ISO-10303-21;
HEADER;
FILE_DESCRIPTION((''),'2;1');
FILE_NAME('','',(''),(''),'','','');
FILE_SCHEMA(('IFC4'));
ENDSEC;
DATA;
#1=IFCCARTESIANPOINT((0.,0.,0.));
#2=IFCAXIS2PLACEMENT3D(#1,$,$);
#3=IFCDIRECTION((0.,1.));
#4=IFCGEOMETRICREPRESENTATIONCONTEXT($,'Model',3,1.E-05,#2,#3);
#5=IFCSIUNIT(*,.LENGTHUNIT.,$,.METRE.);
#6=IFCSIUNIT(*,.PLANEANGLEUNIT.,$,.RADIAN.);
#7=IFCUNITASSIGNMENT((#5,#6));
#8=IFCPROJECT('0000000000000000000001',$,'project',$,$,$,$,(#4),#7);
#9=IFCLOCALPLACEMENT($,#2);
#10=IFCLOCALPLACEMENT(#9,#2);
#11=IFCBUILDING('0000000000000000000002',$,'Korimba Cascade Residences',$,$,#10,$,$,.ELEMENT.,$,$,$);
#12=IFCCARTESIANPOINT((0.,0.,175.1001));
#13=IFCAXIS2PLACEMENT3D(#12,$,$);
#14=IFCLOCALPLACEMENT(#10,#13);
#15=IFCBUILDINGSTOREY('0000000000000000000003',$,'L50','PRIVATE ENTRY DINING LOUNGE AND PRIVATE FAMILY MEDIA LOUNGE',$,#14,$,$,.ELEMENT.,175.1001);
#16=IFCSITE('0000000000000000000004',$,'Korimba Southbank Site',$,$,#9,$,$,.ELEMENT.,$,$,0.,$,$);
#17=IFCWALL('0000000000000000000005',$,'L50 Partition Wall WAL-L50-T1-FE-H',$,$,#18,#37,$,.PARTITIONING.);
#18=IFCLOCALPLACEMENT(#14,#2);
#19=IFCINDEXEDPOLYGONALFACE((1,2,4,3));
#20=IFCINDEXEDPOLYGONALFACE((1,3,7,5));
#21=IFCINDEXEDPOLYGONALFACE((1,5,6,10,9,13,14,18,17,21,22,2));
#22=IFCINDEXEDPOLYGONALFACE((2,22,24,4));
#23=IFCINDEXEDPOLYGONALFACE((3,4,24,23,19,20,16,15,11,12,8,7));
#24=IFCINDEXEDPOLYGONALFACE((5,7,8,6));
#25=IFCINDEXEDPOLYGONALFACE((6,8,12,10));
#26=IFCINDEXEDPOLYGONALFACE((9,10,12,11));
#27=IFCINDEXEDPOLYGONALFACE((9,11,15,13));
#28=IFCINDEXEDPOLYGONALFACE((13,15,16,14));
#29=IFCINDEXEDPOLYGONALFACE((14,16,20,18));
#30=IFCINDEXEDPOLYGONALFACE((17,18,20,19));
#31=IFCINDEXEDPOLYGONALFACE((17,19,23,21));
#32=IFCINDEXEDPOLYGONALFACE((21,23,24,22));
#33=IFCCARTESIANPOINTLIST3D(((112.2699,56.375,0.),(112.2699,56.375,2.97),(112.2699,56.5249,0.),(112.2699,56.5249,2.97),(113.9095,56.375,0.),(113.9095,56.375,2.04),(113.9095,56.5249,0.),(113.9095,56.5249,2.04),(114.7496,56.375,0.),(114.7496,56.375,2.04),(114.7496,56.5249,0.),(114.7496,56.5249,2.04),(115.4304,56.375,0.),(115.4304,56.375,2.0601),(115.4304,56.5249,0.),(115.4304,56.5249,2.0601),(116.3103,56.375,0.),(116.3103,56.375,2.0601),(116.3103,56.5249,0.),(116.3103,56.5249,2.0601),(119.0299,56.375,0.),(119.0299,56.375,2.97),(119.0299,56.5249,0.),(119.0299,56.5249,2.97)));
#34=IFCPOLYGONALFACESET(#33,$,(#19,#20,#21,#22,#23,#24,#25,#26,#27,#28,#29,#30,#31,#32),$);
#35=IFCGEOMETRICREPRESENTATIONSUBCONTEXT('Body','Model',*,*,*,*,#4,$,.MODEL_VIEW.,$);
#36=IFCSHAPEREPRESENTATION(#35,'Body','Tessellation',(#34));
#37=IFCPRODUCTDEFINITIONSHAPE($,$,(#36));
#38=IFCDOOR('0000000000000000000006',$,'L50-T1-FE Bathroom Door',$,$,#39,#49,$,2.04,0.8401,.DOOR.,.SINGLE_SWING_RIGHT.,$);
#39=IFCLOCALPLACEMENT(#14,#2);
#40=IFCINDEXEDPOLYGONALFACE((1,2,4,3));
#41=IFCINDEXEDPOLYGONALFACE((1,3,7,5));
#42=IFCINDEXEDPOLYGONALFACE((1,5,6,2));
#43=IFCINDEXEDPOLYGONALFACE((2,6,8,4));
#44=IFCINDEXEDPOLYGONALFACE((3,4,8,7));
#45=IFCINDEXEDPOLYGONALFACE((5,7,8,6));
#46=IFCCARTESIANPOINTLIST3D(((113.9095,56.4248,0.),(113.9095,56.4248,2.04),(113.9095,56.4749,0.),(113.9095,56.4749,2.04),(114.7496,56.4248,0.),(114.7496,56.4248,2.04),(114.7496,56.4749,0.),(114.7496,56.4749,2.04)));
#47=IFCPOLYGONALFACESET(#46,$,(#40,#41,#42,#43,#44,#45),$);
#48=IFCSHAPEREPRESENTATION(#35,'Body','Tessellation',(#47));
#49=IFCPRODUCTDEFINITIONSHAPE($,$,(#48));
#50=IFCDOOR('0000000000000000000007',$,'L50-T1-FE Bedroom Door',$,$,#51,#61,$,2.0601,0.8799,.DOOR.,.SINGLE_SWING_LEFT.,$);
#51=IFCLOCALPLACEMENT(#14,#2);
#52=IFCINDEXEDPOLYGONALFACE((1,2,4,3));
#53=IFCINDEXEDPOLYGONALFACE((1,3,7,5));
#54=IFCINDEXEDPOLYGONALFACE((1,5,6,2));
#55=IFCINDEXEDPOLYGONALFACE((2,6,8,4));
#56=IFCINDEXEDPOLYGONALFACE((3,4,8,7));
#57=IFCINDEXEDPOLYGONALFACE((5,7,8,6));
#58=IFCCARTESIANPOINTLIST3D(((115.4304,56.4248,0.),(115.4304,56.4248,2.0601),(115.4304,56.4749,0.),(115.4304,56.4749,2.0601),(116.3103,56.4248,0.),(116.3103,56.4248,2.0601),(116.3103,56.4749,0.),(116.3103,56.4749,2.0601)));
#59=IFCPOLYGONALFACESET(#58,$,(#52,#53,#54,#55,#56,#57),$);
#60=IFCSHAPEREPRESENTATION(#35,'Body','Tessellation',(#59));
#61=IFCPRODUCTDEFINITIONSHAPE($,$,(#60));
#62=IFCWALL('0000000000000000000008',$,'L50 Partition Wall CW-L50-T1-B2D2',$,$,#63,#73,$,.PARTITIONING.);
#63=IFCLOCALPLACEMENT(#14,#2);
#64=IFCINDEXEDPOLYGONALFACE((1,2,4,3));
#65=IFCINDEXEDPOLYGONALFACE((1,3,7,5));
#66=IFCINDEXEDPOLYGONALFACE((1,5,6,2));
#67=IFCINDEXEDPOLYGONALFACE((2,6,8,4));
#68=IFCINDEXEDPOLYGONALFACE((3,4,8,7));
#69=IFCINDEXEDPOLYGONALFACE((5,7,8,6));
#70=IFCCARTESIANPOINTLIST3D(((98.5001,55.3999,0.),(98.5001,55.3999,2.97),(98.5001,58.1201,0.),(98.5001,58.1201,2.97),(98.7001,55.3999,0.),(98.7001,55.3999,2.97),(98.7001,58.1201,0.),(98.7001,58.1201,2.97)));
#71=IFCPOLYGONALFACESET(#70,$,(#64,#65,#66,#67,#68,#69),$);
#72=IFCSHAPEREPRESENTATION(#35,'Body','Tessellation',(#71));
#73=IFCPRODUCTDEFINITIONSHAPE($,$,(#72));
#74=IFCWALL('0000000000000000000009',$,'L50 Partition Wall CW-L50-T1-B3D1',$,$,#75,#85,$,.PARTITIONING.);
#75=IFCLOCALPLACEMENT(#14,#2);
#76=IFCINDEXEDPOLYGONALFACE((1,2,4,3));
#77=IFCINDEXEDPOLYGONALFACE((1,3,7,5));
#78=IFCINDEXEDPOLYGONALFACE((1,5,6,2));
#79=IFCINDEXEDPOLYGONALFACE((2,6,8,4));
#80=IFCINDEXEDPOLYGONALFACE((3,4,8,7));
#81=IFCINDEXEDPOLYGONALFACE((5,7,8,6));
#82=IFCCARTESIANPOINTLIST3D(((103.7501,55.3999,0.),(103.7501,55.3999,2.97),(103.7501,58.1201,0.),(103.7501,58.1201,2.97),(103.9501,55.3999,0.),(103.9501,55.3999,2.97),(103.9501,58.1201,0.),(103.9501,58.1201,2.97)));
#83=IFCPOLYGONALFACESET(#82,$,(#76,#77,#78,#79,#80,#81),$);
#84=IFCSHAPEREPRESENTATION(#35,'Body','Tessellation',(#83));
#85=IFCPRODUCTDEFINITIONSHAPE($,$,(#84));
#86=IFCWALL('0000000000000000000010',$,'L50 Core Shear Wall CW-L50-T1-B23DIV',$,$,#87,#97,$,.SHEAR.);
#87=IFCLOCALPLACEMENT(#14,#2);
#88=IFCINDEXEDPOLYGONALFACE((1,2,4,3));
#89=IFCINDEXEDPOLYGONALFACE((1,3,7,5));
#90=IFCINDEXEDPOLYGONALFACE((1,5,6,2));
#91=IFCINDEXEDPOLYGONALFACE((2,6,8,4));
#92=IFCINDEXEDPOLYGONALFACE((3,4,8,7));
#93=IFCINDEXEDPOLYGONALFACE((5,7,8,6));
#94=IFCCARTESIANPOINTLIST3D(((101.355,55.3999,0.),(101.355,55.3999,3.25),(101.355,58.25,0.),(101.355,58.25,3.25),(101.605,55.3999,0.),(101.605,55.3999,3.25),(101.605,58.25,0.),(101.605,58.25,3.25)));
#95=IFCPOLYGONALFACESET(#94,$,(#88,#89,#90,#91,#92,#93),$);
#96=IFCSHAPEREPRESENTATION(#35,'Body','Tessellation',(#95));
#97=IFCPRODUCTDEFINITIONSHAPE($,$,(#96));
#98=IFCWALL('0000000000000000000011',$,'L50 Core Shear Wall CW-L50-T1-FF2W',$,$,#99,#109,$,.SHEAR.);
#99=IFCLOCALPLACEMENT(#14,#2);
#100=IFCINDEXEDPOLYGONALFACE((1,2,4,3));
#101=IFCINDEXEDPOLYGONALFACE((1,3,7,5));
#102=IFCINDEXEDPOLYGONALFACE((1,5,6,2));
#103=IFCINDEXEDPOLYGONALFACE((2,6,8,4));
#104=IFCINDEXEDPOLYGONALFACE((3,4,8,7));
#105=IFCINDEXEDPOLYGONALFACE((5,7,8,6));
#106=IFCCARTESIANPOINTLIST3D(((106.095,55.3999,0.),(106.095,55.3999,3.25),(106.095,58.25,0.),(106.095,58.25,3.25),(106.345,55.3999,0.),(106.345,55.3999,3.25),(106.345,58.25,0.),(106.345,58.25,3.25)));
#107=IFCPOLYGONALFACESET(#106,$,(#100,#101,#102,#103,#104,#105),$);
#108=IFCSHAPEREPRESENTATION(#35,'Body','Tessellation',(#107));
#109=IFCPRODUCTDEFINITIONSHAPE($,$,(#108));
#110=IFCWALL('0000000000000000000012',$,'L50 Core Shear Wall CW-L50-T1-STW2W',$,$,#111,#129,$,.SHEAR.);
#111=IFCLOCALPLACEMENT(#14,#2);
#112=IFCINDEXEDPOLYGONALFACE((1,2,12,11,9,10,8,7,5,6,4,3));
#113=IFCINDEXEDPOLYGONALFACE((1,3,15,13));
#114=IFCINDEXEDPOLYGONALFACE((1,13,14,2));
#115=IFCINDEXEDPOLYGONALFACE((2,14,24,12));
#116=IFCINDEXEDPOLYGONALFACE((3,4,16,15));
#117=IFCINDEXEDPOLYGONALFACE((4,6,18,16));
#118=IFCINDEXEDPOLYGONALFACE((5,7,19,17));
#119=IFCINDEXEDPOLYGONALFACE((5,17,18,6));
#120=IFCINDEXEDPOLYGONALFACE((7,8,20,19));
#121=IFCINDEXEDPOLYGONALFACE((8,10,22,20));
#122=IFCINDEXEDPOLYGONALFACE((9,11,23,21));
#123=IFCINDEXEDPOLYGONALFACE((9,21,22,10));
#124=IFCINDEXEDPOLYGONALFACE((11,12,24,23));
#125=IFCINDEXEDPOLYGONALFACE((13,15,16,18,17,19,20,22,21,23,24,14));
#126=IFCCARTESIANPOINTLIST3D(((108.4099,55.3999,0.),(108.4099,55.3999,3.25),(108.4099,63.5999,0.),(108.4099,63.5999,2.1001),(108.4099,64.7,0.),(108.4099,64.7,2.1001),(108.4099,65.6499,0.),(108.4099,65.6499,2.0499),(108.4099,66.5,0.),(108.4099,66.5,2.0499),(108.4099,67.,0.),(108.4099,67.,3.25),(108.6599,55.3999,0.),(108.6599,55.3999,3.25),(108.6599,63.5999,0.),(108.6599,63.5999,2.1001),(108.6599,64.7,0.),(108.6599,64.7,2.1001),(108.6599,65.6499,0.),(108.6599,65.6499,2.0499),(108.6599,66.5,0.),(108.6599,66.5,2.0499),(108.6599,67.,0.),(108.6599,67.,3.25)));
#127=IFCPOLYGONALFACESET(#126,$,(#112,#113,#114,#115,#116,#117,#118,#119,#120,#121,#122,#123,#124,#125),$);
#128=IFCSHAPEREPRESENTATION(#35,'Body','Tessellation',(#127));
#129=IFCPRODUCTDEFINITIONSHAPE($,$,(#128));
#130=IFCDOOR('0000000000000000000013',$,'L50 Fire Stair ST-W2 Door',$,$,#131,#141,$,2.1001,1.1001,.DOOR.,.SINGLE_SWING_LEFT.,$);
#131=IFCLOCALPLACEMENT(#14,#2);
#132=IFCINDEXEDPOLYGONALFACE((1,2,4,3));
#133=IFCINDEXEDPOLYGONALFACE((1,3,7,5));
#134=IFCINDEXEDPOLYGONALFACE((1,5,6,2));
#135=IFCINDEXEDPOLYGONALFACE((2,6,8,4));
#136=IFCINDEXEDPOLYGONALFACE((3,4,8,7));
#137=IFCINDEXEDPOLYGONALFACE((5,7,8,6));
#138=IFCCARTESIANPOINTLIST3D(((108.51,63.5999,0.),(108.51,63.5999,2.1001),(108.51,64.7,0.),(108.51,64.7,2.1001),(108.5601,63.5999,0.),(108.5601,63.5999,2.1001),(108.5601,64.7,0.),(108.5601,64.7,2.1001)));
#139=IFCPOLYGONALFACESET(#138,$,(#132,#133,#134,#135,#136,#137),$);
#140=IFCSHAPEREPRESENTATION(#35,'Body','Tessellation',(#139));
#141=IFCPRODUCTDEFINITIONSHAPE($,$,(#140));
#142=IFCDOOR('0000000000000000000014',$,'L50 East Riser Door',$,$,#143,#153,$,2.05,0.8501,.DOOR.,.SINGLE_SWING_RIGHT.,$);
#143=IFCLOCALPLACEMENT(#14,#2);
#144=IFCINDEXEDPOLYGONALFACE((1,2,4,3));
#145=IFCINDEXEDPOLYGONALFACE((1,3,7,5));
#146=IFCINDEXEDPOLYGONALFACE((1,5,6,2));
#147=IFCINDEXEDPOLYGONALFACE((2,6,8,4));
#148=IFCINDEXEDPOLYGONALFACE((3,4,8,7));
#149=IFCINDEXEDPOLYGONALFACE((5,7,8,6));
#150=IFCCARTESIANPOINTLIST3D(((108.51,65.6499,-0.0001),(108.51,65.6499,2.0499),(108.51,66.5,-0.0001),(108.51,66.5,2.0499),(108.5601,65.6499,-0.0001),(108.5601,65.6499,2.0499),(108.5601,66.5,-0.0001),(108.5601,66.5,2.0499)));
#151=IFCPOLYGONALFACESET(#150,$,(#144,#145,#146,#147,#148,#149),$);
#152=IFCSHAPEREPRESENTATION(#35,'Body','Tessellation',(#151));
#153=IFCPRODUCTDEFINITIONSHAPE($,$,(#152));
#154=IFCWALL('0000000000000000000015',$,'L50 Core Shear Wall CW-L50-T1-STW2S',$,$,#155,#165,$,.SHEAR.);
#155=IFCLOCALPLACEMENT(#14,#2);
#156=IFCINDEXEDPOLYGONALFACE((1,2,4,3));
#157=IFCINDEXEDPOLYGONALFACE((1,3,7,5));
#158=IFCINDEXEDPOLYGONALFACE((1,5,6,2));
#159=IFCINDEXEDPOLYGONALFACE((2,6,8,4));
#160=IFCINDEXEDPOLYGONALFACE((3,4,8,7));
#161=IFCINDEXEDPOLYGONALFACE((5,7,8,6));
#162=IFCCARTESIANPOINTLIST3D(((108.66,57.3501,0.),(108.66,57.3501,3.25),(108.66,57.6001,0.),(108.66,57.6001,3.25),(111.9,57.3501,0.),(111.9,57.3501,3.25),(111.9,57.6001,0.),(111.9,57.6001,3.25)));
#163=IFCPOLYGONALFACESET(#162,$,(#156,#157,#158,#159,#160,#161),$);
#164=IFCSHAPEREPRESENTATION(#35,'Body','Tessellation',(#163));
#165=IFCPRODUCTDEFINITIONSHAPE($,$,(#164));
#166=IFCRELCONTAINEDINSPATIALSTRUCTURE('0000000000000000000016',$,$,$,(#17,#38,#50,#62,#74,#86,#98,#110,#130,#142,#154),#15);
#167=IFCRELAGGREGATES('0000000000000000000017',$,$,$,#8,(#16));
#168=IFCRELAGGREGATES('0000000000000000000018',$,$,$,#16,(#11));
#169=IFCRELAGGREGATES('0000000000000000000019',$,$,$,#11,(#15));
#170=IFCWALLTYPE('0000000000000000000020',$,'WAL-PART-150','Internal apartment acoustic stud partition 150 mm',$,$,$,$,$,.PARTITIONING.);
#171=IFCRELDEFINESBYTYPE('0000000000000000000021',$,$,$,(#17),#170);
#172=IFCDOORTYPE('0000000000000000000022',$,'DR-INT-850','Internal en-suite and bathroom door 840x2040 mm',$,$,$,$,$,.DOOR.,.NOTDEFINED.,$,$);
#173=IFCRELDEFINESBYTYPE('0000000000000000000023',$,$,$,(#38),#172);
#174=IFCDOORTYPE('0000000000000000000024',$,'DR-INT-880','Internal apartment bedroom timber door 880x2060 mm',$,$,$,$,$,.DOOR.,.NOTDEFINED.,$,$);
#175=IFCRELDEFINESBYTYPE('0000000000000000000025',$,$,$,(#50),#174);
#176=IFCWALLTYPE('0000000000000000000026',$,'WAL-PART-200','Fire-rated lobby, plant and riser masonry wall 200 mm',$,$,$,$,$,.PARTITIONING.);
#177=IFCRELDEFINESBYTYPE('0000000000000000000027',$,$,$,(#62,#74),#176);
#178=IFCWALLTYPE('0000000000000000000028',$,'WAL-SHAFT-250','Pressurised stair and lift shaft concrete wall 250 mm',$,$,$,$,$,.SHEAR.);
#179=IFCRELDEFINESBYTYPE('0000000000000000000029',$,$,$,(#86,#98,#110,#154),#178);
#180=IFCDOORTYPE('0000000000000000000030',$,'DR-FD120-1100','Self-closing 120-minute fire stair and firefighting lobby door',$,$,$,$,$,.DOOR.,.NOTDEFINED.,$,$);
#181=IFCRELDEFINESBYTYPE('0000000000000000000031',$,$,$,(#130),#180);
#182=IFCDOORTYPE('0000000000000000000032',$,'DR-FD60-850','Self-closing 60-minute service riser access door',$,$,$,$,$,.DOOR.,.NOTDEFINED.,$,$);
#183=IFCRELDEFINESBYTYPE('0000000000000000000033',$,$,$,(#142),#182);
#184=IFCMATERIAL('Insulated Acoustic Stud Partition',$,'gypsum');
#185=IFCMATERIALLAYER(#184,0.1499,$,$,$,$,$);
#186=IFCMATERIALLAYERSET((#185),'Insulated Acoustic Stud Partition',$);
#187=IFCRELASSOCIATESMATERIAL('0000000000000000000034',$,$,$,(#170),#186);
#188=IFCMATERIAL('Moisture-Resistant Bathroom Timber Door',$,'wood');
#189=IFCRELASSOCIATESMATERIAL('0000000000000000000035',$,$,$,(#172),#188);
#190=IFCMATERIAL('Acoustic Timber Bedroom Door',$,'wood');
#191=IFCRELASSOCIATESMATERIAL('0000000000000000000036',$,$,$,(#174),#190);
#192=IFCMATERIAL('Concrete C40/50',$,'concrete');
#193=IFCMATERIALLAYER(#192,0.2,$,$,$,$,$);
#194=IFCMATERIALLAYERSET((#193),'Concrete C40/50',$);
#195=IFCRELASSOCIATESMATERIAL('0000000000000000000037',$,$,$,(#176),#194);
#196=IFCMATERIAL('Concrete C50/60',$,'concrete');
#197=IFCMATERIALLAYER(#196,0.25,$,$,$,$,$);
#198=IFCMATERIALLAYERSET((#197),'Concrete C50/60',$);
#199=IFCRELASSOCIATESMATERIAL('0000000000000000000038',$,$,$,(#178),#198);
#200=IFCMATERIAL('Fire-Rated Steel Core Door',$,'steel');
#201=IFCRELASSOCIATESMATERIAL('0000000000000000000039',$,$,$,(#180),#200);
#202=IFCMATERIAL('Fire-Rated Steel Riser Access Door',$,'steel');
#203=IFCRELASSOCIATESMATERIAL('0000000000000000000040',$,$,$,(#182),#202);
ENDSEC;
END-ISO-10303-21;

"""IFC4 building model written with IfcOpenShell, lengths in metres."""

from ifc_helpers import new_model, si_unit, direction, frame, frame_2d, origin, place, context, subcontext, project, spatial, rectangle, extrude, material, layer, layer_set, type_object, element, fill, save


model = new_model("IFC4")

# Units and contexts
model_context = context("Model", 3, precision=1e-05, world=origin(), true_north=direction((0.0, 1.0)))
body_context = subcontext(model_context, "Body", "Model", "MODEL_VIEW")
ifc_project = project(units=[si_unit("LENGTHUNIT", "METRE"), si_unit("PLANEANGLEUNIT", "RADIAN")], contexts=[model_context])

# Site, building, storey
site_placement = place(None, origin())
site = spatial("IfcSite", under=ifc_project, at=site_placement, Name="Korimba Southbank Site", CompositionType="ELEMENT", RefElevation=0.0)
building_placement = place(site_placement, origin())
building = spatial("IfcBuilding", under=site, at=building_placement, Name="Korimba Cascade Residences", CompositionType="ELEMENT")
storey_placement = place(building_placement, frame((0.0, 0.0, 175.1001)))
storey = spatial("IfcBuildingStorey", under=building, at=storey_placement, Name="L50", Description="PRIVATE ENTRY DINING LOUNGE AND PRIVATE FAMILY MEDIA LOUNGE", CompositionType="ELEMENT", Elevation=175.1001)

# Shared definitions
ifc_material_1 = material(Name="Insulated Acoustic Stud Partition", Category="gypsum")
ifc_layer_1 = layer(ifc_material_1, 0.1499)
ifc_layer_set_1 = layer_set([ifc_layer_1], Name="Insulated Acoustic Stud Partition")
wall_type_1 = type_object("IfcWallType", Name="WAL-PART-150", Description="Internal apartment acoustic stud partition 150 mm", PredefinedType="PARTITIONING", material=ifc_layer_set_1)

# Wall, openings, doors
wall_1_placement = place(storey_placement, frame((112.27, 56.45, 0.0), z_axis=(0.0, 0.0, 1.0), x_axis=(1.0, 0.0, 0.0)))
wall_1 = element("IfcWall", 1, at=wall_1_placement, inside=storey, type_object=wall_type_1, Name="L50 Partition Wall WAL-L50-T1-FE-H", PredefinedType="PARTITIONING", context=body_context, shape_type="SweptSolid", body=[
    extrude(rectangle(XDim=6.76, YDim=0.1499, at=frame_2d((3.3799, 0.0))), origin(), (0.0, 0.0, 1.0), 2.97),
])
opening_1_placement = place(wall_1_placement, frame((1.6396, 0.0, 0.0)))
opening_1 = element("IfcOpeningElement", 2, at=opening_1_placement, cuts=wall_1, PredefinedType="OPENING", context=body_context, shape_type="SweptSolid", body=[
    extrude(rectangle(XDim=0.8401, YDim=2.04, at=frame_2d((0.4199, 1.02))), frame((0.0, 0.085, 0.0), z_axis=(0.0, -1.0, 0.0), x_axis=(1.0, 0.0, 0.0)), (0.0, 0.0, 1.0), 0.1699),
])
opening_2_placement = place(wall_1_placement, frame((3.1604, 0.0, 0.0)))
opening_2 = element("IfcOpeningElement", 3, at=opening_2_placement, cuts=wall_1, PredefinedType="OPENING", context=body_context, shape_type="SweptSolid", body=[
    extrude(rectangle(XDim=0.8799, YDim=2.0601, at=frame_2d((0.4399, 1.03))), frame((0.0, 0.085, 0.0), z_axis=(0.0, -1.0, 0.0), x_axis=(1.0, 0.0, 0.0)), (0.0, 0.0, 1.0), 0.1699),
])
ifc_material_2 = material(Name="Moisture-Resistant Bathroom Timber Door", Category="wood")
door_type_1 = type_object("IfcDoorType", Name="DR-INT-850", Description="Internal en-suite and bathroom door 840x2040 mm", OperationType="NOTDEFINED", PredefinedType="DOOR", material=ifc_material_2)
door_1_placement = place(opening_1_placement, origin())
door_1 = element("IfcDoor", 4, at=door_1_placement, inside=storey, type_object=door_type_1, Name="L50-T1-FE Bathroom Door", OperationType="SINGLE_SWING_RIGHT", OverallHeight=2.04, OverallWidth=0.8401, PredefinedType="DOOR", context=body_context, shape_type="SweptSolid", body=[
    extrude(rectangle(XDim=0.8401, YDim=2.04, at=frame_2d((0.4199, 1.02))), frame((0.0, 0.0249, 0.0), z_axis=(0.0, -1.0, 0.0), x_axis=(1.0, 0.0, 0.0)), (0.0, 0.0, 1.0), 0.05),
])
fill(opening_1, door_1)
ifc_material_3 = material(Name="Acoustic Timber Bedroom Door", Category="wood")
door_type_2 = type_object("IfcDoorType", Name="DR-INT-880", Description="Internal apartment bedroom timber door 880x2060 mm", OperationType="NOTDEFINED", PredefinedType="DOOR", material=ifc_material_3)
door_2_placement = place(opening_2_placement, origin())
door_2 = element("IfcDoor", 5, at=door_2_placement, inside=storey, type_object=door_type_2, Name="L50-T1-FE Bedroom Door", OperationType="SINGLE_SWING_LEFT", OverallHeight=2.0601, OverallWidth=0.8799, PredefinedType="DOOR", context=body_context, shape_type="SweptSolid", body=[
    extrude(rectangle(XDim=0.8799, YDim=2.0601, at=frame_2d((0.4399, 1.03))), frame((0.0, 0.0249, 0.0), z_axis=(0.0, -1.0, 0.0), x_axis=(1.0, 0.0, 0.0)), (0.0, 0.0, 1.0), 0.05),
])
fill(opening_2, door_2)

# Walls
ifc_material_4 = material(Name="Concrete C40/50", Category="concrete")
ifc_layer_2 = layer(ifc_material_4, 0.2)
ifc_layer_set_2 = layer_set([ifc_layer_2], Name="Concrete C40/50")
wall_type_2 = type_object("IfcWallType", Name="WAL-PART-200", Description="Fire-rated lobby, plant and riser masonry wall 200 mm", PredefinedType="PARTITIONING", material=ifc_layer_set_2)
for number, where, z_axis, x_axis, name in (
    (6, (98.6001, 55.3999, 0.0), (0.0, 0.0, 1.0), (0.0, 1.0, 0.0), "L50 Partition Wall CW-L50-T1-B2D2"),
    (7, (103.8501, 55.3999, 0.0), (0.0, 0.0, 1.0), (0.0, 1.0, 0.0), "L50 Partition Wall CW-L50-T1-B3D1"),
):
    element("IfcWall", number, at=place(storey_placement, frame(where, z_axis=z_axis, x_axis=x_axis)), inside=storey, type_object=wall_type_2, Name=name, PredefinedType="PARTITIONING", context=body_context, shape_type="SweptSolid", body=[
        extrude(rectangle(XDim=2.7202, YDim=0.2, at=frame_2d((1.3601, 0.0))), origin(), (0.0, 0.0, 1.0), 2.97),
    ])
ifc_material_5 = material(Name="Concrete C50/60", Category="concrete")
ifc_layer_3 = layer(ifc_material_5, 0.25)
ifc_layer_set_3 = layer_set([ifc_layer_3], Name="Concrete C50/60")
wall_type_3 = type_object("IfcWallType", Name="WAL-SHAFT-250", Description="Pressurised stair and lift shaft concrete wall 250 mm", PredefinedType="SHEAR", material=ifc_layer_set_3)
for number, where, z_axis, x_axis, name in (
    (8, (101.48, 55.3999, 0.0), (0.0, 0.0, 1.0), (0.0, 1.0, 0.0), "L50 Core Shear Wall CW-L50-T1-B23DIV"),
    (9, (106.22, 55.3999, 0.0), (0.0, 0.0, 1.0), (0.0, 1.0, 0.0), "L50 Core Shear Wall CW-L50-T1-FF2W"),
):
    element("IfcWall", number, at=place(storey_placement, frame(where, z_axis=z_axis, x_axis=x_axis)), inside=storey, type_object=wall_type_3, Name=name, PredefinedType="SHEAR", context=body_context, shape_type="SweptSolid", body=[
        extrude(rectangle(XDim=2.8501, YDim=0.25, at=frame_2d((1.425, 0.0))), origin(), (0.0, 0.0, 1.0), 3.25),
    ])

# Wall, openings, doors
wall_2_placement = place(storey_placement, frame((108.5349, 55.3999, 0.0), z_axis=(0.0, 0.0, 1.0), x_axis=(0.0, 1.0, 0.0)))
wall_2 = element("IfcWall", 10, at=wall_2_placement, inside=storey, type_object=wall_type_3, Name="L50 Core Shear Wall CW-L50-T1-STW2W", PredefinedType="SHEAR", context=body_context, shape_type="SweptSolid", body=[
    extrude(rectangle(XDim=11.6001, YDim=0.25, at=frame_2d((5.8, 0.0))), origin(), (0.0, 0.0, 1.0), 3.25),
])
opening_3_placement = place(wall_2_placement, frame((8.2, 0.0, 0.0)))
opening_3 = element("IfcOpeningElement", 11, at=opening_3_placement, cuts=wall_2, PredefinedType="OPENING", context=body_context, shape_type="SweptSolid", body=[
    extrude(rectangle(XDim=1.1001, YDim=2.1001, at=frame_2d((0.55, 1.05))), frame((0.0, 0.135, 0.0), z_axis=(0.0, -1.0, 0.0), x_axis=(1.0, 0.0, 0.0)), (0.0, 0.0, 1.0), 0.27),
])
opening_4_placement = place(wall_2_placement, frame((10.25, 0.0, 0.0)))
opening_4 = element("IfcOpeningElement", 12, at=opening_4_placement, cuts=wall_2, PredefinedType="OPENING", context=body_context, shape_type="SweptSolid", body=[
    extrude(rectangle(XDim=0.8501, YDim=2.05, at=frame_2d((0.425, 1.0249))), frame((0.0, 0.135, 0.0), z_axis=(0.0, -1.0, 0.0), x_axis=(1.0, 0.0, 0.0)), (0.0, 0.0, 1.0), 0.27),
])
ifc_material_6 = material(Name="Fire-Rated Steel Core Door", Category="steel")
door_type_3 = type_object("IfcDoorType", Name="DR-FD120-1100", Description="Self-closing 120-minute fire stair and firefighting lobby door", OperationType="NOTDEFINED", PredefinedType="DOOR", material=ifc_material_6)
door_3_placement = place(opening_3_placement, origin())
door_3 = element("IfcDoor", 13, at=door_3_placement, inside=storey, type_object=door_type_3, Name="L50 Fire Stair ST-W2 Door", OperationType="SINGLE_SWING_LEFT", OverallHeight=2.1001, OverallWidth=1.1001, PredefinedType="DOOR", context=body_context, shape_type="SweptSolid", body=[
    extrude(rectangle(XDim=1.1001, YDim=2.1001, at=frame_2d((0.55, 1.05))), frame((0.0, 0.0249, 0.0), z_axis=(0.0, -1.0, 0.0), x_axis=(1.0, 0.0, 0.0)), (0.0, 0.0, 1.0), 0.05),
])
fill(opening_3, door_3)
ifc_material_7 = material(Name="Fire-Rated Steel Riser Access Door", Category="steel")
door_type_4 = type_object("IfcDoorType", Name="DR-FD60-850", Description="Self-closing 60-minute service riser access door", OperationType="NOTDEFINED", PredefinedType="DOOR", material=ifc_material_7)
door_4_placement = place(opening_4_placement, origin())
door_4 = element("IfcDoor", 14, at=door_4_placement, inside=storey, type_object=door_type_4, Name="L50 East Riser Door", OperationType="SINGLE_SWING_RIGHT", OverallHeight=2.05, OverallWidth=0.8501, PredefinedType="DOOR", context=body_context, shape_type="SweptSolid", body=[
    extrude(rectangle(XDim=0.8501, YDim=2.05, at=frame_2d((0.425, 1.0249))), frame((0.0, 0.0249, 0.0), z_axis=(0.0, -1.0, 0.0), x_axis=(1.0, 0.0, 0.0)), (0.0, 0.0, 1.0), 0.05),
])
fill(opening_4, door_4)

# Wall
wall_3_placement = place(storey_placement, frame((108.6599, 57.4751, 0.0), z_axis=(0.0, 0.0, 1.0), x_axis=(1.0, 0.0, 0.0)))
element("IfcWall", 15, at=wall_3_placement, inside=storey, type_object=wall_type_3, Name="L50 Core Shear Wall CW-L50-T1-STW2S", PredefinedType="SHEAR", context=body_context, shape_type="SweptSolid", body=[
    extrude(rectangle(XDim=3.24, YDim=0.25, at=frame_2d((1.6201, 0.0))), origin(), (0.0, 0.0, 1.0), 3.25),
])

save(model, "model.ifc")
